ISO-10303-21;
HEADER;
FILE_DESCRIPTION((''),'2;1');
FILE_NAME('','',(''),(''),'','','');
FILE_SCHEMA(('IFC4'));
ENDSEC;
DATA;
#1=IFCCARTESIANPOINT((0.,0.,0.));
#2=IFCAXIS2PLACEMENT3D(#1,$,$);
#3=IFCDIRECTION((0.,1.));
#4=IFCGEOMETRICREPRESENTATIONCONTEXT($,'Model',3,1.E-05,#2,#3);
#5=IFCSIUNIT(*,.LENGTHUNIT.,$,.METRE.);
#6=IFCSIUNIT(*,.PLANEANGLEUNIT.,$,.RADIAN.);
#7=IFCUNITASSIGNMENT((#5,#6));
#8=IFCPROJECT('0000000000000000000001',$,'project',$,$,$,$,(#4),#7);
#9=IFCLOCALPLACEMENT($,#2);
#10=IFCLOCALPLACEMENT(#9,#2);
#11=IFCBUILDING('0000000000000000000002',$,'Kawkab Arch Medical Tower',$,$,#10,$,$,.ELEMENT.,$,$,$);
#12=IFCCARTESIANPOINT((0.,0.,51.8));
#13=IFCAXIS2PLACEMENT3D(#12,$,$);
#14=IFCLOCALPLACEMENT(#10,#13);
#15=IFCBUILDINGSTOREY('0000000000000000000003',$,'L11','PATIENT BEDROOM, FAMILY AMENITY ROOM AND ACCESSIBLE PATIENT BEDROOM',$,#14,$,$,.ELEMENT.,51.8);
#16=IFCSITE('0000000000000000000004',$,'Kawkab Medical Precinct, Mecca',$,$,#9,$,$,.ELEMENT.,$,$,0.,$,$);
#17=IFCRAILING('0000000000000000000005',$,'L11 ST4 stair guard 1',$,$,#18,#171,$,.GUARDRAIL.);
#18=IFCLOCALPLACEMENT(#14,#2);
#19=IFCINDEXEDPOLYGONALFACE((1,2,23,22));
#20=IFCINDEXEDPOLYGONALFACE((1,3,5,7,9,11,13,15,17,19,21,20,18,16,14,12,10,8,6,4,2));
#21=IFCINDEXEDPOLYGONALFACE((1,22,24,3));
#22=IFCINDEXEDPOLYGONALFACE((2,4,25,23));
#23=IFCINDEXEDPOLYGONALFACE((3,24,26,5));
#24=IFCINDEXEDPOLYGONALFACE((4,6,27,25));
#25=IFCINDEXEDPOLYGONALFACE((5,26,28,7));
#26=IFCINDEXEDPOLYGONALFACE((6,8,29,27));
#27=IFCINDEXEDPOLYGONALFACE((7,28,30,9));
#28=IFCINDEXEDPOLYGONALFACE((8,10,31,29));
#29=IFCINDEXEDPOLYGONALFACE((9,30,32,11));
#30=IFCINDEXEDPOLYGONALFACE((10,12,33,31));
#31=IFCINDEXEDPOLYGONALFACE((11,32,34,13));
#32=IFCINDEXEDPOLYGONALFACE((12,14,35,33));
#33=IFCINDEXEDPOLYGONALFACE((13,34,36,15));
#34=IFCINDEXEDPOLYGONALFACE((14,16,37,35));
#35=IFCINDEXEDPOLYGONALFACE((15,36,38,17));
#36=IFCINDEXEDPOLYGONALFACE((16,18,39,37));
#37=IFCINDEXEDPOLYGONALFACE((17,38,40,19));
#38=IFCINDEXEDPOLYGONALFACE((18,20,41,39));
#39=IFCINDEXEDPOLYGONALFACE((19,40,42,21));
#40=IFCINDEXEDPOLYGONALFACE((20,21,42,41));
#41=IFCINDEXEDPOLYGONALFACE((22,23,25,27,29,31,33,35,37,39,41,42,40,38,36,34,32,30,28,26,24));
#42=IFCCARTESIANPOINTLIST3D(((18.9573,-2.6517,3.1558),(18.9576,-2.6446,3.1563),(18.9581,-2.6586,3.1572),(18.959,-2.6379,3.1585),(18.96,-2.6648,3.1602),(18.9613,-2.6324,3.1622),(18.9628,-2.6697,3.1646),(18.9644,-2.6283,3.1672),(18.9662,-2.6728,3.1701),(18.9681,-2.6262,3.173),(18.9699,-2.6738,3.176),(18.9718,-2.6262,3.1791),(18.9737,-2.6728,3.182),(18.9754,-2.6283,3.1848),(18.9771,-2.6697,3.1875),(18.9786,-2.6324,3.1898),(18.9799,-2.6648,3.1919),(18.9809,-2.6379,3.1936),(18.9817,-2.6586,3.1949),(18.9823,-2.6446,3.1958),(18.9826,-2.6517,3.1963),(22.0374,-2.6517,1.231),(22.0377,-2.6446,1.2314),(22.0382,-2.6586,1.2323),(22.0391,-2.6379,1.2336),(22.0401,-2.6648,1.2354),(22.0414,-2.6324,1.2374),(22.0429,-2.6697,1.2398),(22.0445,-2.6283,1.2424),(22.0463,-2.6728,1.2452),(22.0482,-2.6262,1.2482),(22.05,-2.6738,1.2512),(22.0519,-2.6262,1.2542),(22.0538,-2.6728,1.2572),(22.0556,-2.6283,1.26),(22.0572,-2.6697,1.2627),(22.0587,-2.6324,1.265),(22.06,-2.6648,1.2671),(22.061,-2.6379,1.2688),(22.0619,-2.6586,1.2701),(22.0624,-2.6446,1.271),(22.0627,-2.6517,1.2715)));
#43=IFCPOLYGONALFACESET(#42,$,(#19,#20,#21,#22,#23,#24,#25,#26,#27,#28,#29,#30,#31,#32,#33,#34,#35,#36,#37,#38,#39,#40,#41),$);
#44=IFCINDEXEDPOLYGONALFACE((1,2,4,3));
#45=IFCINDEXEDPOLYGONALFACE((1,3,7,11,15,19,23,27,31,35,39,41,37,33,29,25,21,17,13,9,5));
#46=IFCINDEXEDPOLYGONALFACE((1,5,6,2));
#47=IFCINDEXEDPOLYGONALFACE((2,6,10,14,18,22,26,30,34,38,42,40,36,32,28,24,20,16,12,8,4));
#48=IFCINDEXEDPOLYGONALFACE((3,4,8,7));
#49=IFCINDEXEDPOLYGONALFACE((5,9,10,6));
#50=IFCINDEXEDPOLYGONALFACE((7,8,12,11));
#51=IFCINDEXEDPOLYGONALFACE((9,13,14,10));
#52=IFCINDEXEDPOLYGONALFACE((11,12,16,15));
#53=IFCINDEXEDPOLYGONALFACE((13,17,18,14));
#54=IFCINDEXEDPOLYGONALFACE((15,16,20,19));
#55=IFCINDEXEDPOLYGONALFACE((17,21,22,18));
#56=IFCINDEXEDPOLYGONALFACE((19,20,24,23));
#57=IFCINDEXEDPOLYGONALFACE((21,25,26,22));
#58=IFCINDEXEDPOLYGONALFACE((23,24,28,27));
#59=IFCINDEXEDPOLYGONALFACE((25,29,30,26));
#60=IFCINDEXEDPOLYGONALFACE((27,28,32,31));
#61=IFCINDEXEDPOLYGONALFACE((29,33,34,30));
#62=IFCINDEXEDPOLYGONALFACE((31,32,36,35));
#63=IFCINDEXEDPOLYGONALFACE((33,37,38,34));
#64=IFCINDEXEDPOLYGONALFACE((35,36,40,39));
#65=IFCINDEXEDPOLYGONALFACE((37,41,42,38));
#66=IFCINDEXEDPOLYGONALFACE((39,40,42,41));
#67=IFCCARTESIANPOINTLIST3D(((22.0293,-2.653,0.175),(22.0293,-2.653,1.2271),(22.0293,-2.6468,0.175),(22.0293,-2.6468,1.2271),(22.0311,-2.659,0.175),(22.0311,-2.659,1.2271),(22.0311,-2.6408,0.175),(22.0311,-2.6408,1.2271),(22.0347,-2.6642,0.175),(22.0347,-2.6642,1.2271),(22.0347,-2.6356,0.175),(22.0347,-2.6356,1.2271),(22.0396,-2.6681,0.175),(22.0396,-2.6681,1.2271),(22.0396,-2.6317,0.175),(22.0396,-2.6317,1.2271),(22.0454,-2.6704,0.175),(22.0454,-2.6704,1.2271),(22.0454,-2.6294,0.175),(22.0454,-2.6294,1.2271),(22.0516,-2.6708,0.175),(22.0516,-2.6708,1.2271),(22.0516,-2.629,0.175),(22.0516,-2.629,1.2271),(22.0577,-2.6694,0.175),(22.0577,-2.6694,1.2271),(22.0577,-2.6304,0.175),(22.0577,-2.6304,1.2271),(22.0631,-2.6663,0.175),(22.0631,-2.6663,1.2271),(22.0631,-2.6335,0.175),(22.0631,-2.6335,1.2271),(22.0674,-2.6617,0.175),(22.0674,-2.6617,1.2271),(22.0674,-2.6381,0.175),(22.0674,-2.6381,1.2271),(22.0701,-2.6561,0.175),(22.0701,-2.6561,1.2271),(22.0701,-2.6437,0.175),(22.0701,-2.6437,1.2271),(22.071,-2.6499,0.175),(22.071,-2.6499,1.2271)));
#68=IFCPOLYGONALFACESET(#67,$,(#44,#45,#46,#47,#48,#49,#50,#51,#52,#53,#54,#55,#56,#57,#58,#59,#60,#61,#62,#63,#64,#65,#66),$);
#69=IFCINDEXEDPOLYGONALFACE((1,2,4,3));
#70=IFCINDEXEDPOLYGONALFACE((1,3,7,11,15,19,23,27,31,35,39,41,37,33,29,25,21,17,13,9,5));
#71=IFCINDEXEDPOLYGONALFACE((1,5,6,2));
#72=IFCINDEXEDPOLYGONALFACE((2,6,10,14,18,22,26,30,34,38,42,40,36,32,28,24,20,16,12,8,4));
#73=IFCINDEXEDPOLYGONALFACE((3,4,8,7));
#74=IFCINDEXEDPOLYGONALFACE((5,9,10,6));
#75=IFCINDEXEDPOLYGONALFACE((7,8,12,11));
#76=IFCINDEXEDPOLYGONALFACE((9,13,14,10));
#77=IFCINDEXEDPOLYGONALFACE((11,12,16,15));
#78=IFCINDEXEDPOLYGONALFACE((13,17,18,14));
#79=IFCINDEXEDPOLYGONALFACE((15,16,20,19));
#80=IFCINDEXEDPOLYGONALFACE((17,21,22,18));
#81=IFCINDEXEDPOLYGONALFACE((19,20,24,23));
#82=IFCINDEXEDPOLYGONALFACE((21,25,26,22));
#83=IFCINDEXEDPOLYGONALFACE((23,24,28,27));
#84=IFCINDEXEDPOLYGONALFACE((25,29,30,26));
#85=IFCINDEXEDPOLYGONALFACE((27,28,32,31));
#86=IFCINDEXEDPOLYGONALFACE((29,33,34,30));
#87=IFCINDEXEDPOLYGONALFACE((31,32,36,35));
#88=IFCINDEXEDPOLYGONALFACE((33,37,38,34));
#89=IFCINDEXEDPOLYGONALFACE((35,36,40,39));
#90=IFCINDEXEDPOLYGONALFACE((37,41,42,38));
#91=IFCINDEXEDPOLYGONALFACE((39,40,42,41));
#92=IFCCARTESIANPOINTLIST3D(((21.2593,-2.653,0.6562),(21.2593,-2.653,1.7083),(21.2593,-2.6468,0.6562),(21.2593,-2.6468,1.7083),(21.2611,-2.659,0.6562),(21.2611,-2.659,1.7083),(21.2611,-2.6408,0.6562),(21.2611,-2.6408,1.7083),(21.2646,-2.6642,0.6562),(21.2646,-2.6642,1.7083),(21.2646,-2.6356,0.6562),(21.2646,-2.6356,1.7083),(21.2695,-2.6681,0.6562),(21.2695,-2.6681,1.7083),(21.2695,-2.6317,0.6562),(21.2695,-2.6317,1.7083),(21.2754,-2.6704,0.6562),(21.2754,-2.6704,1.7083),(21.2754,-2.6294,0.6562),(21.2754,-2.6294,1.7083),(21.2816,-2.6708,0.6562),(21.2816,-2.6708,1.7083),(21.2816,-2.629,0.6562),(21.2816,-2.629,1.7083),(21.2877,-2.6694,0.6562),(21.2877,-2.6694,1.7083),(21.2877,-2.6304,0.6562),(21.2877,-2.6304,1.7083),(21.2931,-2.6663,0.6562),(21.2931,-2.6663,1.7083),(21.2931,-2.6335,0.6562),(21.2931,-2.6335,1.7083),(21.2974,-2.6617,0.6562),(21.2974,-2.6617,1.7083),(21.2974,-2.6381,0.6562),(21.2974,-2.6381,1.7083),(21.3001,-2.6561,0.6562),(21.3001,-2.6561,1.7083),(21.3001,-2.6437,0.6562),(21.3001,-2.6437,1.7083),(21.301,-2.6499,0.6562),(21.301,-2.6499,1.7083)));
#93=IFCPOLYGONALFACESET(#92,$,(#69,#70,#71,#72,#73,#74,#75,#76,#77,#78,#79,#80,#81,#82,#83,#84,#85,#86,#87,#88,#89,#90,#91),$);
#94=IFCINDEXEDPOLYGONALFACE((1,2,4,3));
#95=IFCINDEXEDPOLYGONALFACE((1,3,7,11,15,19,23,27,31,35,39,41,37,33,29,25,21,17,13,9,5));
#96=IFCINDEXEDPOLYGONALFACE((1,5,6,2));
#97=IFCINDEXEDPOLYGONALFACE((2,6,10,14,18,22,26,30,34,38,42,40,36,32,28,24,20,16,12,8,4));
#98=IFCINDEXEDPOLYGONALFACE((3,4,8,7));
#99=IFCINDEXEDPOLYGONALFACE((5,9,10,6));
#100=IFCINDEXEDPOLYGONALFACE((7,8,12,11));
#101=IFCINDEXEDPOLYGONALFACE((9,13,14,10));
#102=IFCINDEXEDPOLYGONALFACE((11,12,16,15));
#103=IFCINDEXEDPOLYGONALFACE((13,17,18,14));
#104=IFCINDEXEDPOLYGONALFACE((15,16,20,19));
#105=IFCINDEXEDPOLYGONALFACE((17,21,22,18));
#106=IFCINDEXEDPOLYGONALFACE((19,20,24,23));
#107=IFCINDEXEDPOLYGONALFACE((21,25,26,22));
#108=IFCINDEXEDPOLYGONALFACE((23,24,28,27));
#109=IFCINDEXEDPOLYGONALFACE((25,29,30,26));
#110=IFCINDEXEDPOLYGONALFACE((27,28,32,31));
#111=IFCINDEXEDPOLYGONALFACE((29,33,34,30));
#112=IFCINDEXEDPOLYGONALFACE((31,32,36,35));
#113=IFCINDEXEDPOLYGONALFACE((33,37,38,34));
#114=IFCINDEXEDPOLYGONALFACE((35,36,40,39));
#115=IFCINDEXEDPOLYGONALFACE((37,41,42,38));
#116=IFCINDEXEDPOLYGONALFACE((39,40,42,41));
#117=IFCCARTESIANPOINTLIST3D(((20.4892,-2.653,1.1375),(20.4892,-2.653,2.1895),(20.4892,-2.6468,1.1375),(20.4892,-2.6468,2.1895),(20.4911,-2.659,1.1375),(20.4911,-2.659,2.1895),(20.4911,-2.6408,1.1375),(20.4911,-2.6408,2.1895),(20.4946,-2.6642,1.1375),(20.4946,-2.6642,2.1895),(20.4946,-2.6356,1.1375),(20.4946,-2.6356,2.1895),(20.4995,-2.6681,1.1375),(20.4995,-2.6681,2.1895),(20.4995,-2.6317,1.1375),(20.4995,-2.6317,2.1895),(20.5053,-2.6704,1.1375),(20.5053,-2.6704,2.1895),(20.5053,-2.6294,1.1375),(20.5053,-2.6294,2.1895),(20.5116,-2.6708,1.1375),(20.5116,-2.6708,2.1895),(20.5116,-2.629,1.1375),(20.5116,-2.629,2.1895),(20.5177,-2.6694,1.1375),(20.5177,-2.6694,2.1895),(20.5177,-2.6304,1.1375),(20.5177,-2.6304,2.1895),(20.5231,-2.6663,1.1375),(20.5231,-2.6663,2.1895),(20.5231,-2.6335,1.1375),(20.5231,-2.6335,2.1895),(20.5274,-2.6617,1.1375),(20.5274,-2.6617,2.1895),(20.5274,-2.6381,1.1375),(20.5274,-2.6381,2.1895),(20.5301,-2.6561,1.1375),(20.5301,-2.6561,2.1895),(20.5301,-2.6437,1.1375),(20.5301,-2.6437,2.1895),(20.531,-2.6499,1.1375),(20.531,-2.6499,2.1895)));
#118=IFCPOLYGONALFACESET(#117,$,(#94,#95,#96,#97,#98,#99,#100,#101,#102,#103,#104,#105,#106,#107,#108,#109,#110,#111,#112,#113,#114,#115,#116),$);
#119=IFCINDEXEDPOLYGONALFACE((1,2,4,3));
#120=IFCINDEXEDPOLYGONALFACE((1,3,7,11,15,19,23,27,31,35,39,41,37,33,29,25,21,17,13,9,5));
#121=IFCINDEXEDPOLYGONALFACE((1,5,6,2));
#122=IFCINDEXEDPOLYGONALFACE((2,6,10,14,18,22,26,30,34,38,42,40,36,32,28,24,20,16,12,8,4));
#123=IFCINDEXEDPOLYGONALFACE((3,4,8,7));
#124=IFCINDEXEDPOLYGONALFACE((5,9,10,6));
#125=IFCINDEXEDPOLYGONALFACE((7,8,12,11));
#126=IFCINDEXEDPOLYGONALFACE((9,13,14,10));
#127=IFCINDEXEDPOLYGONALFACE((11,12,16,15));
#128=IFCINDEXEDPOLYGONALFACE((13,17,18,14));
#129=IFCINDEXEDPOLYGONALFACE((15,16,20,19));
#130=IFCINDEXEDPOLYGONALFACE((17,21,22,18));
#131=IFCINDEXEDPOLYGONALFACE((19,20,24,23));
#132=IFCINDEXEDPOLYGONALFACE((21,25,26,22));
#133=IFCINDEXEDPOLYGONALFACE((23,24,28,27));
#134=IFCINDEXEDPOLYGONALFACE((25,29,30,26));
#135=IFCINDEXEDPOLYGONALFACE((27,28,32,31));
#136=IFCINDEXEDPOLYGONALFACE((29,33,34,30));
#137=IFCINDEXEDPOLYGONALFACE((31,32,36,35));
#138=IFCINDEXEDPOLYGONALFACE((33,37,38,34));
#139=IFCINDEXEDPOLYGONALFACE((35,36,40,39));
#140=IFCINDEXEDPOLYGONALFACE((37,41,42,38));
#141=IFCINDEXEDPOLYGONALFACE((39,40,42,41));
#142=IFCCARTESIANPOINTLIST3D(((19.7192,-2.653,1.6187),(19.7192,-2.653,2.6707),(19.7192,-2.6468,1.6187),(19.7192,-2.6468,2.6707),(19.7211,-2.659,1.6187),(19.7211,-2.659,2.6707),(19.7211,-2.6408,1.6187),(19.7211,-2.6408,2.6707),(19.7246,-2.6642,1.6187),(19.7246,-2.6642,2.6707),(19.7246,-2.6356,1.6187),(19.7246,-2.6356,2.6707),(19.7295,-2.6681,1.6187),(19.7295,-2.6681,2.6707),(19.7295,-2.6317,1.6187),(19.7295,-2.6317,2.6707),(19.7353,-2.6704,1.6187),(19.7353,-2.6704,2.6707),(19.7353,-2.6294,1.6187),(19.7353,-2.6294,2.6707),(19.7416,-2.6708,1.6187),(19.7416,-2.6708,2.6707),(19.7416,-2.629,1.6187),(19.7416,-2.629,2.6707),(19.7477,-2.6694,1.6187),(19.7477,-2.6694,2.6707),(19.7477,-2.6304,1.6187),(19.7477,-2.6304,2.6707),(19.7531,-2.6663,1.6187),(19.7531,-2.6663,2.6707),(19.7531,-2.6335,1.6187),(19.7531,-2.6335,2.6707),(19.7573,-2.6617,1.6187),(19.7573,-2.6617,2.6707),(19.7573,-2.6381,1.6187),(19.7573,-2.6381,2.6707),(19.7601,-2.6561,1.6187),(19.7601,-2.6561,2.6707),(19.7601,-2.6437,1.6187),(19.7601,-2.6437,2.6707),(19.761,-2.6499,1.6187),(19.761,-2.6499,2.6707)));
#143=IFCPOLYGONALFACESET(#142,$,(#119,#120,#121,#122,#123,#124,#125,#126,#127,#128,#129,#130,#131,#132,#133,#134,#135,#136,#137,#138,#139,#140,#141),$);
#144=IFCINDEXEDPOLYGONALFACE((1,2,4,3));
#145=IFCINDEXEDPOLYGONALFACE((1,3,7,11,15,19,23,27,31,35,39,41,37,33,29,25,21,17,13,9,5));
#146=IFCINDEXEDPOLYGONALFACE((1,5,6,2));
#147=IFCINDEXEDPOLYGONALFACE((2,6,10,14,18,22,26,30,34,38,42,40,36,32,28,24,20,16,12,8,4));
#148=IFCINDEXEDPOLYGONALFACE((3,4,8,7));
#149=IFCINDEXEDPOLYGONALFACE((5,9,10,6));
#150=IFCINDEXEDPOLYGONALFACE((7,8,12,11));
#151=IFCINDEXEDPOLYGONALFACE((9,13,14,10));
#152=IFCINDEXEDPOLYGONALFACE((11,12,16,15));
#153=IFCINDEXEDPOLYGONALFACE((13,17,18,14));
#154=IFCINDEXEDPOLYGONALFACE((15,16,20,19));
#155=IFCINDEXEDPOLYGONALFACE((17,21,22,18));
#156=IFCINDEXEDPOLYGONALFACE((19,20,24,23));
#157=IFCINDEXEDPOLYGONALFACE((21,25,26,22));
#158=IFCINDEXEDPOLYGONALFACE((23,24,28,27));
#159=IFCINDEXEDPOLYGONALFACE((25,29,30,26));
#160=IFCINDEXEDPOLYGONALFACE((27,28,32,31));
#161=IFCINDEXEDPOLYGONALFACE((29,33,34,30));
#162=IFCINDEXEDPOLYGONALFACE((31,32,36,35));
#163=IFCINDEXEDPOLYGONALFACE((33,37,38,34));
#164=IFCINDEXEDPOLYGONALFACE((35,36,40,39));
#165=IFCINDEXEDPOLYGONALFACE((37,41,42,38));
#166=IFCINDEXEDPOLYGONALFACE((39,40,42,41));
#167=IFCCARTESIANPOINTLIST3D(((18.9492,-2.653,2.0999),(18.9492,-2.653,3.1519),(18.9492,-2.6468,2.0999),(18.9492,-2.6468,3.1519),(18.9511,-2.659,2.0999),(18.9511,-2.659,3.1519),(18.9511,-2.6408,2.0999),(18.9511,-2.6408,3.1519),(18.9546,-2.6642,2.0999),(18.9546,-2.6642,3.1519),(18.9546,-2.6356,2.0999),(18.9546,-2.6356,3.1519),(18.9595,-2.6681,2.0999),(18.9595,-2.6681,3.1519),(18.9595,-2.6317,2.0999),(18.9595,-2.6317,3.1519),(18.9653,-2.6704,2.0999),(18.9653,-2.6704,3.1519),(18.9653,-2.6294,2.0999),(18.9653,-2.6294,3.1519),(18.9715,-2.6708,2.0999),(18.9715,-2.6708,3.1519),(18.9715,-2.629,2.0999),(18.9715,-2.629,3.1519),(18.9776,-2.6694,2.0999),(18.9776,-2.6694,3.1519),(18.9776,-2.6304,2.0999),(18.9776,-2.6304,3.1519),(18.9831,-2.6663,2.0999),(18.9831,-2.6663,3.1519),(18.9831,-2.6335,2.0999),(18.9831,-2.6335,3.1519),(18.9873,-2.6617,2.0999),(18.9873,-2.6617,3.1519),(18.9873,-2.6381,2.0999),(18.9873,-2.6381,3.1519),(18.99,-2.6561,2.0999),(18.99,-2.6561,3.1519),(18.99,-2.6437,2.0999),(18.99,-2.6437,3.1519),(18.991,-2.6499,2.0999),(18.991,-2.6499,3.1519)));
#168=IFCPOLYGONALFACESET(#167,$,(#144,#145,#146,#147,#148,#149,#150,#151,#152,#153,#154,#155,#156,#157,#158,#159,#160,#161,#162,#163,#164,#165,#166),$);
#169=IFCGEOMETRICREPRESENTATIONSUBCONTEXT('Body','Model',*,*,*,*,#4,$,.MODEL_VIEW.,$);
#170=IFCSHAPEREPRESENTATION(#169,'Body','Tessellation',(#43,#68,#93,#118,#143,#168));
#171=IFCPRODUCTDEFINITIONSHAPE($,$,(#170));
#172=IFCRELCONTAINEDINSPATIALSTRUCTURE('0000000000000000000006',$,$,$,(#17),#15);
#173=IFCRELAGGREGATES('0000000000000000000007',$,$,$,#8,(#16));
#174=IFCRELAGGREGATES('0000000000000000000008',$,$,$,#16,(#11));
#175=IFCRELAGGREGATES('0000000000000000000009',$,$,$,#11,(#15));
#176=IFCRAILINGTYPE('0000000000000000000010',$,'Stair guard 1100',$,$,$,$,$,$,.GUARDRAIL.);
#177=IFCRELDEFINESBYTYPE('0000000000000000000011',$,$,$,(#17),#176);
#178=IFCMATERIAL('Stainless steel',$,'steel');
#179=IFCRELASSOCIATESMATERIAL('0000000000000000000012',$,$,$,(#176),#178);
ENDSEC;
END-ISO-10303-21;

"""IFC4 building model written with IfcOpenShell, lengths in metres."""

from ifc_helpers import new_model, si_unit, direction, frame, origin, origin_2d, place, context, subcontext, project, spatial, circle, extrude, material, type_object, element, save


model = new_model("IFC4")

# Units and contexts
model_context = context("Model", 3, precision=1e-05, world=origin(), true_north=direction((0.0, 1.0)))
body_context = subcontext(model_context, "Body", "Model", "MODEL_VIEW")
ifc_project = project(units=[si_unit("LENGTHUNIT", "METRE"), si_unit("PLANEANGLEUNIT", "RADIAN")], contexts=[model_context])

# Site, building, storey
site_placement = place(None, origin())
site = spatial("IfcSite", under=ifc_project, at=site_placement, Name="Kawkab Medical Precinct, Mecca", CompositionType="ELEMENT", RefElevation=0.0)
building_placement = place(site_placement, origin())
building = spatial("IfcBuilding", under=site, at=building_placement, Name="Kawkab Arch Medical Tower", CompositionType="ELEMENT")
storey_placement = place(building_placement, frame((0.0, 0.0, 51.8)))
storey = spatial("IfcBuildingStorey", under=building, at=storey_placement, Name="L11", Description="PATIENT BEDROOM, FAMILY AMENITY ROOM AND ACCESSIBLE PATIENT BEDROOM", CompositionType="ELEMENT", Elevation=51.8)

# Railing
ifc_material_1 = material(Name="Stainless steel", Category="steel")
railing_type = type_object("IfcRailingType", Name="Stair guard 1100", PredefinedType="GUARDRAIL", material=ifc_material_1)
railing_1_placement = place(storey_placement, frame((22.05, -2.6499, 0.175)))
element("IfcRailing", 1, at=railing_1_placement, inside=storey, type_object=railing_type, Name="L11 ST4 stair guard 1", PredefinedType="GUARDRAIL", context=body_context, shape_type="SweptSolid", body=[
    extrude(circle(Radius=0.0239, at=origin_2d()), frame((0.0, 0.0, 1.0762), z_axis=(-0.848029, 0.0, 0.529951), x_axis=(0.0, -1.0, 0.0)), (0.0, 0.0, 1.0), 3.6321),
    extrude(circle(Radius=0.021, at=origin_2d()), origin(), (0.0, 0.0, 1.0), 1.052),
    extrude(circle(Radius=0.021, at=origin_2d()), frame((-0.77, 0.0, 0.4812)), (0.0, 0.0, 1.0), 1.052),
    extrude(circle(Radius=0.021, at=origin_2d()), frame((-1.54, 0.0, 0.9624)), (0.0, 0.0, 1.0), 1.052),
    extrude(circle(Radius=0.021, at=origin_2d()), frame((-2.3101, 0.0, 1.4436)), (0.0, 0.0, 1.0), 1.052),
    extrude(circle(Radius=0.021, at=origin_2d()), frame((-3.0801, 0.0, 1.9248)), (0.0, 0.0, 1.0), 1.052),
])

save(model, "model.ifc")
